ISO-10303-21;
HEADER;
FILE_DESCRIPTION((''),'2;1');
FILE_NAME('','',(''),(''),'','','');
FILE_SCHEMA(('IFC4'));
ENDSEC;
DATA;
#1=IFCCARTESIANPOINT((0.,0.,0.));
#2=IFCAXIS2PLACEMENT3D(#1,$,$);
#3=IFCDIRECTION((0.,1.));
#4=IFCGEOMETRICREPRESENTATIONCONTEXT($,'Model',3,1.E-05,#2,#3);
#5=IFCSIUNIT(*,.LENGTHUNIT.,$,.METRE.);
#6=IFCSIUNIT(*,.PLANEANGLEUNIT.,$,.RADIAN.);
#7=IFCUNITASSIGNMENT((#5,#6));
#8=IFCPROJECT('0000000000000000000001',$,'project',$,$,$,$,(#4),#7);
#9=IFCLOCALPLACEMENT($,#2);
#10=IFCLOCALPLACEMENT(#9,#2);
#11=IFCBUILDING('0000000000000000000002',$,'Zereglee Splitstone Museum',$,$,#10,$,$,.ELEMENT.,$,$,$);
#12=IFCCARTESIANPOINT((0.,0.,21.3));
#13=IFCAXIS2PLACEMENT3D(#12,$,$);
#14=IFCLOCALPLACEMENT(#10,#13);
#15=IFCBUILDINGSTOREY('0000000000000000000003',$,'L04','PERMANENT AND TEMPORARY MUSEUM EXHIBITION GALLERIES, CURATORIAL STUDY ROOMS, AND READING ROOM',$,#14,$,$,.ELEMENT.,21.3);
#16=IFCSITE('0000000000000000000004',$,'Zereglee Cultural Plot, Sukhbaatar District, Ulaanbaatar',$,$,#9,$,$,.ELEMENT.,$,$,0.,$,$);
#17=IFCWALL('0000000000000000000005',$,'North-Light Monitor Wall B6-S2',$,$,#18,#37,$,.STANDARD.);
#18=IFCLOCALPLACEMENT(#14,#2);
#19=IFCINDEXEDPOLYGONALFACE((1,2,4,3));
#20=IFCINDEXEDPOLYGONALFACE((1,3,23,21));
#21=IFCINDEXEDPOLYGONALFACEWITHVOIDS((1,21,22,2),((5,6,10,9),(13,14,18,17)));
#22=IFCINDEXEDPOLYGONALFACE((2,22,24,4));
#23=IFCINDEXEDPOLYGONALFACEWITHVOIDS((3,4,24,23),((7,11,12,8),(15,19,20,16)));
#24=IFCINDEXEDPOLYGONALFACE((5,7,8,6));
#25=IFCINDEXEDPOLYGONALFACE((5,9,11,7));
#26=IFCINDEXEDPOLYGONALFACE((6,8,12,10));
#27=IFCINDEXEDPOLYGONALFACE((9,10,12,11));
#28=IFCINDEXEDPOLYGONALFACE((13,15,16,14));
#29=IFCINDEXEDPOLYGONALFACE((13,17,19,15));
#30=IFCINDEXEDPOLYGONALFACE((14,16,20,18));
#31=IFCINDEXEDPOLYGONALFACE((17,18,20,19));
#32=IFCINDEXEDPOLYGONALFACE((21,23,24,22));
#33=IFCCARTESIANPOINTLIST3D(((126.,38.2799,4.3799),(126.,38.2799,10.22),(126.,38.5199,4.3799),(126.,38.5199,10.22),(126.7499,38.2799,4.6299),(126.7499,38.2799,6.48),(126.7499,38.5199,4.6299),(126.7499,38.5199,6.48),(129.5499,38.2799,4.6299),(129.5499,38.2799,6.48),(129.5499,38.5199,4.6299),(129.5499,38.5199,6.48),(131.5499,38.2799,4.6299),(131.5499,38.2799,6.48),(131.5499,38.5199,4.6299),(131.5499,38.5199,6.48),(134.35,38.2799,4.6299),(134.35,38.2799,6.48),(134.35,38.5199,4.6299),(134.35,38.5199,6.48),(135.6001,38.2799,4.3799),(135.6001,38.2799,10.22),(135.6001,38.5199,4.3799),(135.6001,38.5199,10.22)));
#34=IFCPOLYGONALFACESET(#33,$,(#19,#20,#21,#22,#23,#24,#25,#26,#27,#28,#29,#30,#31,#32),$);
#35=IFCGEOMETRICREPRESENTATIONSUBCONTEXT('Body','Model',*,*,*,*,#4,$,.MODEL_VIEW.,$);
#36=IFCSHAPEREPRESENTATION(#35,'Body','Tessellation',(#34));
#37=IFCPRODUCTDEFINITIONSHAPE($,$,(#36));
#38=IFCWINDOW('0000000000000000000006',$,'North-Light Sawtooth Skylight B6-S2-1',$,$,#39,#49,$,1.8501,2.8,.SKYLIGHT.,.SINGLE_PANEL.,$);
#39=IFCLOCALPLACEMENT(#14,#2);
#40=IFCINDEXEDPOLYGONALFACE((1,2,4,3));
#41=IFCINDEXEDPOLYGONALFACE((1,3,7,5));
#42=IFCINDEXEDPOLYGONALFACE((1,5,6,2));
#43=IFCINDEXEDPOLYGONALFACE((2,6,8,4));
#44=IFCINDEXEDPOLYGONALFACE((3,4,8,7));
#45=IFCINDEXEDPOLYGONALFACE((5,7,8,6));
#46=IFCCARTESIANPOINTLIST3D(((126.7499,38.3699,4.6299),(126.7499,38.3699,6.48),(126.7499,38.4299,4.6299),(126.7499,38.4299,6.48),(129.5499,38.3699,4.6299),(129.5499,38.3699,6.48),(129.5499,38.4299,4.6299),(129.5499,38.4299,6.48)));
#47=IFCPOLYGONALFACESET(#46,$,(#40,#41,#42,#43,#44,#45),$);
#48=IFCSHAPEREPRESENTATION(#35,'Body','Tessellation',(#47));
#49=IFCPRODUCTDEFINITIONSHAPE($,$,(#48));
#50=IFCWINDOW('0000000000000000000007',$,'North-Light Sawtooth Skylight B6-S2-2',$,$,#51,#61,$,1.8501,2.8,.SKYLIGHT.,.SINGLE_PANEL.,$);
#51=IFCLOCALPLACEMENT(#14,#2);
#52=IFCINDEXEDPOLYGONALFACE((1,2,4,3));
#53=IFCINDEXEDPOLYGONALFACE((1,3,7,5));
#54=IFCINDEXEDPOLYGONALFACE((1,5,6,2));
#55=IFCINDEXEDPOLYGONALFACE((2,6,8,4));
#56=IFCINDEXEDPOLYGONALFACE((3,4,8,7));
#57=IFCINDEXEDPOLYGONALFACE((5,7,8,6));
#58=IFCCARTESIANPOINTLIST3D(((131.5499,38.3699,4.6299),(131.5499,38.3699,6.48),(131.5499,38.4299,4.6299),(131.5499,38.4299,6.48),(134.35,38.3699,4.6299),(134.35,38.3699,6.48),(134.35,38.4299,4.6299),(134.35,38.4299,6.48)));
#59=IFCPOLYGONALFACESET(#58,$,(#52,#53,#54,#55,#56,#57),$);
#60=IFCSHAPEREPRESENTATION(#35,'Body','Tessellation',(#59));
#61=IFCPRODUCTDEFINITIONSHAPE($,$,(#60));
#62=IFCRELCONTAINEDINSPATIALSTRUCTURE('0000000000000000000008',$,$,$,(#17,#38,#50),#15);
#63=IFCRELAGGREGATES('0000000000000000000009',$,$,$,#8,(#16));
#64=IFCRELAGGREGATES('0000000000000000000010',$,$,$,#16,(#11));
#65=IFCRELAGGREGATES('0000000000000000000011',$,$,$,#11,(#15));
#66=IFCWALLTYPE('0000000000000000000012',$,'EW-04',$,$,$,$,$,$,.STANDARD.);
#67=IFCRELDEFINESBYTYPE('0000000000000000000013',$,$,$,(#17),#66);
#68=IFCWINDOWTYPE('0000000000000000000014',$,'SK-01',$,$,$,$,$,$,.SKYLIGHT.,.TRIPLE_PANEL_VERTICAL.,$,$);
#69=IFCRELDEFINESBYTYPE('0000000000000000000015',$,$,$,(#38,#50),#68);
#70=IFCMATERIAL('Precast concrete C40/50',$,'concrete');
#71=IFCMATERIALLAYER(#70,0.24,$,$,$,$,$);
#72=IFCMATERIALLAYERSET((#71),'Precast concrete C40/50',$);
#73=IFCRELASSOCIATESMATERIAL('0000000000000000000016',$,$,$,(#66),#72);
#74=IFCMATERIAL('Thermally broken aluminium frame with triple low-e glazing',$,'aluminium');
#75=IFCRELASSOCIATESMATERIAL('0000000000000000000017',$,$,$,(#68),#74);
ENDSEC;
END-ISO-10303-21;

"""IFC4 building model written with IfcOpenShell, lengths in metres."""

from ifc_helpers import new_model, si_unit, direction, frame, frame_2d, origin, place, context, subcontext, project, spatial, rectangle, extrude, material, layer, layer_set, type_object, element, fill, save


model = new_model("IFC4")

# Units and contexts
model_context = context("Model", 3, precision=1e-05, world=origin(), true_north=direction((0.0, 1.0)))
body_context = subcontext(model_context, "Body", "Model", "MODEL_VIEW")
ifc_project = project(units=[si_unit("LENGTHUNIT", "METRE"), si_unit("PLANEANGLEUNIT", "RADIAN")], contexts=[model_context])

# Site, building, storey
site_placement = place(None, origin())
site = spatial("IfcSite", under=ifc_project, at=site_placement, Name="Zereglee Cultural Plot, Sukhbaatar District, Ulaanbaatar", CompositionType="ELEMENT", RefElevation=0.0)
building_placement = place(site_placement, origin())
building = spatial("IfcBuilding", under=site, at=building_placement, Name="Zereglee Splitstone Museum", CompositionType="ELEMENT")
storey_placement = place(building_placement, frame((0.0, 0.0, 21.3)))
storey = spatial("IfcBuildingStorey", under=building, at=storey_placement, Name="L04", Description="PERMANENT AND TEMPORARY MUSEUM EXHIBITION GALLERIES, CURATORIAL STUDY ROOMS, AND READING ROOM", CompositionType="ELEMENT", Elevation=21.3)

# Wall, openings, windows
ifc_material_1 = material(Name="Precast concrete C40/50", Category="concrete")
ifc_layer_1 = layer(ifc_material_1, 0.24)
ifc_layer_set_1 = layer_set([ifc_layer_1], Name="Precast concrete C40/50")
wall_type = type_object("IfcWallType", Name="EW-04", PredefinedType="STANDARD", material=ifc_layer_set_1)
wall_placement = place(storey_placement, frame((126.0, 38.3999, 4.3799), z_axis=(0.0, 0.0, 1.0), x_axis=(1.0, 0.0, 0.0)))
wall = element("IfcWall", 1, at=wall_placement, inside=storey, type_object=wall_type, Name="North-Light Monitor Wall B6-S2", PredefinedType="STANDARD", context=body_context, shape_type="SweptSolid", body=[
    extrude(rectangle(XDim=9.6001, YDim=0.24, at=frame_2d((4.8, 0.0))), origin(), (0.0, 0.0, 1.0), 5.8401),
])
opening_1_placement = place(wall_placement, frame((0.75, 0.0, 0.25)))
opening_1 = element("IfcOpeningElement", 2, at=opening_1_placement, cuts=wall, PredefinedType="OPENING", context=body_context, shape_type="SweptSolid", body=[
    extrude(rectangle(XDim=2.8, YDim=1.8501, at=frame_2d((1.3999, 0.925))), frame((0.0, 0.1348, 0.0), z_axis=(0.0, -1.0, 0.0), x_axis=(1.0, 0.0, 0.0)), (0.0, 0.0, 1.0), 0.2698),
])
opening_2_placement = place(wall_placement, frame((5.55, 0.0, 0.25)))
opening_2 = element("IfcOpeningElement", 3, at=opening_2_placement, cuts=wall, PredefinedType="OPENING", context=body_context, shape_type="SweptSolid", body=[
    extrude(rectangle(XDim=2.8, YDim=1.8501, at=frame_2d((1.3999, 0.925))), frame((0.0, 0.1348, 0.0), z_axis=(0.0, -1.0, 0.0), x_axis=(1.0, 0.0, 0.0)), (0.0, 0.0, 1.0), 0.2698),
])
ifc_material_2 = material(Name="Thermally broken aluminium frame with triple low-e glazing", Category="aluminium")
window_type = type_object("IfcWindowType", Name="SK-01", PartitioningType="TRIPLE_PANEL_VERTICAL", PredefinedType="SKYLIGHT", material=ifc_material_2)
window_1_placement = place(opening_1_placement, origin())
window_1 = element("IfcWindow", 4, at=window_1_placement, inside=storey, type_object=window_type, Name="North-Light Sawtooth Skylight B6-S2-1", OverallHeight=1.8501, OverallWidth=2.8, PartitioningType="SINGLE_PANEL", PredefinedType="SKYLIGHT", context=body_context, shape_type="SweptSolid", body=[
    extrude(rectangle(XDim=2.8, YDim=1.8501, at=frame_2d((1.3999, 0.925))), frame((0.0, 0.03, 0.0), z_axis=(0.0, -1.0, 0.0), x_axis=(1.0, 0.0, 0.0)), (0.0, 0.0, 1.0), 0.0601),
])
fill(opening_1, window_1)
window_2_placement = place(opening_2_placement, origin())
window_2 = element("IfcWindow", 5, at=window_2_placement, inside=storey, type_object=window_type, Name="North-Light Sawtooth Skylight B6-S2-2", OverallHeight=1.8501, OverallWidth=2.8, PartitioningType="SINGLE_PANEL", PredefinedType="SKYLIGHT", context=body_context, shape_type="SweptSolid", body=[
    extrude(rectangle(XDim=2.8, YDim=1.8501, at=frame_2d((1.3999, 0.925))), frame((0.0, 0.03, 0.0), z_axis=(0.0, -1.0, 0.0), x_axis=(1.0, 0.0, 0.0)), (0.0, 0.0, 1.0), 0.0601),
])
fill(opening_2, window_2)

save(model, "model.ifc")
